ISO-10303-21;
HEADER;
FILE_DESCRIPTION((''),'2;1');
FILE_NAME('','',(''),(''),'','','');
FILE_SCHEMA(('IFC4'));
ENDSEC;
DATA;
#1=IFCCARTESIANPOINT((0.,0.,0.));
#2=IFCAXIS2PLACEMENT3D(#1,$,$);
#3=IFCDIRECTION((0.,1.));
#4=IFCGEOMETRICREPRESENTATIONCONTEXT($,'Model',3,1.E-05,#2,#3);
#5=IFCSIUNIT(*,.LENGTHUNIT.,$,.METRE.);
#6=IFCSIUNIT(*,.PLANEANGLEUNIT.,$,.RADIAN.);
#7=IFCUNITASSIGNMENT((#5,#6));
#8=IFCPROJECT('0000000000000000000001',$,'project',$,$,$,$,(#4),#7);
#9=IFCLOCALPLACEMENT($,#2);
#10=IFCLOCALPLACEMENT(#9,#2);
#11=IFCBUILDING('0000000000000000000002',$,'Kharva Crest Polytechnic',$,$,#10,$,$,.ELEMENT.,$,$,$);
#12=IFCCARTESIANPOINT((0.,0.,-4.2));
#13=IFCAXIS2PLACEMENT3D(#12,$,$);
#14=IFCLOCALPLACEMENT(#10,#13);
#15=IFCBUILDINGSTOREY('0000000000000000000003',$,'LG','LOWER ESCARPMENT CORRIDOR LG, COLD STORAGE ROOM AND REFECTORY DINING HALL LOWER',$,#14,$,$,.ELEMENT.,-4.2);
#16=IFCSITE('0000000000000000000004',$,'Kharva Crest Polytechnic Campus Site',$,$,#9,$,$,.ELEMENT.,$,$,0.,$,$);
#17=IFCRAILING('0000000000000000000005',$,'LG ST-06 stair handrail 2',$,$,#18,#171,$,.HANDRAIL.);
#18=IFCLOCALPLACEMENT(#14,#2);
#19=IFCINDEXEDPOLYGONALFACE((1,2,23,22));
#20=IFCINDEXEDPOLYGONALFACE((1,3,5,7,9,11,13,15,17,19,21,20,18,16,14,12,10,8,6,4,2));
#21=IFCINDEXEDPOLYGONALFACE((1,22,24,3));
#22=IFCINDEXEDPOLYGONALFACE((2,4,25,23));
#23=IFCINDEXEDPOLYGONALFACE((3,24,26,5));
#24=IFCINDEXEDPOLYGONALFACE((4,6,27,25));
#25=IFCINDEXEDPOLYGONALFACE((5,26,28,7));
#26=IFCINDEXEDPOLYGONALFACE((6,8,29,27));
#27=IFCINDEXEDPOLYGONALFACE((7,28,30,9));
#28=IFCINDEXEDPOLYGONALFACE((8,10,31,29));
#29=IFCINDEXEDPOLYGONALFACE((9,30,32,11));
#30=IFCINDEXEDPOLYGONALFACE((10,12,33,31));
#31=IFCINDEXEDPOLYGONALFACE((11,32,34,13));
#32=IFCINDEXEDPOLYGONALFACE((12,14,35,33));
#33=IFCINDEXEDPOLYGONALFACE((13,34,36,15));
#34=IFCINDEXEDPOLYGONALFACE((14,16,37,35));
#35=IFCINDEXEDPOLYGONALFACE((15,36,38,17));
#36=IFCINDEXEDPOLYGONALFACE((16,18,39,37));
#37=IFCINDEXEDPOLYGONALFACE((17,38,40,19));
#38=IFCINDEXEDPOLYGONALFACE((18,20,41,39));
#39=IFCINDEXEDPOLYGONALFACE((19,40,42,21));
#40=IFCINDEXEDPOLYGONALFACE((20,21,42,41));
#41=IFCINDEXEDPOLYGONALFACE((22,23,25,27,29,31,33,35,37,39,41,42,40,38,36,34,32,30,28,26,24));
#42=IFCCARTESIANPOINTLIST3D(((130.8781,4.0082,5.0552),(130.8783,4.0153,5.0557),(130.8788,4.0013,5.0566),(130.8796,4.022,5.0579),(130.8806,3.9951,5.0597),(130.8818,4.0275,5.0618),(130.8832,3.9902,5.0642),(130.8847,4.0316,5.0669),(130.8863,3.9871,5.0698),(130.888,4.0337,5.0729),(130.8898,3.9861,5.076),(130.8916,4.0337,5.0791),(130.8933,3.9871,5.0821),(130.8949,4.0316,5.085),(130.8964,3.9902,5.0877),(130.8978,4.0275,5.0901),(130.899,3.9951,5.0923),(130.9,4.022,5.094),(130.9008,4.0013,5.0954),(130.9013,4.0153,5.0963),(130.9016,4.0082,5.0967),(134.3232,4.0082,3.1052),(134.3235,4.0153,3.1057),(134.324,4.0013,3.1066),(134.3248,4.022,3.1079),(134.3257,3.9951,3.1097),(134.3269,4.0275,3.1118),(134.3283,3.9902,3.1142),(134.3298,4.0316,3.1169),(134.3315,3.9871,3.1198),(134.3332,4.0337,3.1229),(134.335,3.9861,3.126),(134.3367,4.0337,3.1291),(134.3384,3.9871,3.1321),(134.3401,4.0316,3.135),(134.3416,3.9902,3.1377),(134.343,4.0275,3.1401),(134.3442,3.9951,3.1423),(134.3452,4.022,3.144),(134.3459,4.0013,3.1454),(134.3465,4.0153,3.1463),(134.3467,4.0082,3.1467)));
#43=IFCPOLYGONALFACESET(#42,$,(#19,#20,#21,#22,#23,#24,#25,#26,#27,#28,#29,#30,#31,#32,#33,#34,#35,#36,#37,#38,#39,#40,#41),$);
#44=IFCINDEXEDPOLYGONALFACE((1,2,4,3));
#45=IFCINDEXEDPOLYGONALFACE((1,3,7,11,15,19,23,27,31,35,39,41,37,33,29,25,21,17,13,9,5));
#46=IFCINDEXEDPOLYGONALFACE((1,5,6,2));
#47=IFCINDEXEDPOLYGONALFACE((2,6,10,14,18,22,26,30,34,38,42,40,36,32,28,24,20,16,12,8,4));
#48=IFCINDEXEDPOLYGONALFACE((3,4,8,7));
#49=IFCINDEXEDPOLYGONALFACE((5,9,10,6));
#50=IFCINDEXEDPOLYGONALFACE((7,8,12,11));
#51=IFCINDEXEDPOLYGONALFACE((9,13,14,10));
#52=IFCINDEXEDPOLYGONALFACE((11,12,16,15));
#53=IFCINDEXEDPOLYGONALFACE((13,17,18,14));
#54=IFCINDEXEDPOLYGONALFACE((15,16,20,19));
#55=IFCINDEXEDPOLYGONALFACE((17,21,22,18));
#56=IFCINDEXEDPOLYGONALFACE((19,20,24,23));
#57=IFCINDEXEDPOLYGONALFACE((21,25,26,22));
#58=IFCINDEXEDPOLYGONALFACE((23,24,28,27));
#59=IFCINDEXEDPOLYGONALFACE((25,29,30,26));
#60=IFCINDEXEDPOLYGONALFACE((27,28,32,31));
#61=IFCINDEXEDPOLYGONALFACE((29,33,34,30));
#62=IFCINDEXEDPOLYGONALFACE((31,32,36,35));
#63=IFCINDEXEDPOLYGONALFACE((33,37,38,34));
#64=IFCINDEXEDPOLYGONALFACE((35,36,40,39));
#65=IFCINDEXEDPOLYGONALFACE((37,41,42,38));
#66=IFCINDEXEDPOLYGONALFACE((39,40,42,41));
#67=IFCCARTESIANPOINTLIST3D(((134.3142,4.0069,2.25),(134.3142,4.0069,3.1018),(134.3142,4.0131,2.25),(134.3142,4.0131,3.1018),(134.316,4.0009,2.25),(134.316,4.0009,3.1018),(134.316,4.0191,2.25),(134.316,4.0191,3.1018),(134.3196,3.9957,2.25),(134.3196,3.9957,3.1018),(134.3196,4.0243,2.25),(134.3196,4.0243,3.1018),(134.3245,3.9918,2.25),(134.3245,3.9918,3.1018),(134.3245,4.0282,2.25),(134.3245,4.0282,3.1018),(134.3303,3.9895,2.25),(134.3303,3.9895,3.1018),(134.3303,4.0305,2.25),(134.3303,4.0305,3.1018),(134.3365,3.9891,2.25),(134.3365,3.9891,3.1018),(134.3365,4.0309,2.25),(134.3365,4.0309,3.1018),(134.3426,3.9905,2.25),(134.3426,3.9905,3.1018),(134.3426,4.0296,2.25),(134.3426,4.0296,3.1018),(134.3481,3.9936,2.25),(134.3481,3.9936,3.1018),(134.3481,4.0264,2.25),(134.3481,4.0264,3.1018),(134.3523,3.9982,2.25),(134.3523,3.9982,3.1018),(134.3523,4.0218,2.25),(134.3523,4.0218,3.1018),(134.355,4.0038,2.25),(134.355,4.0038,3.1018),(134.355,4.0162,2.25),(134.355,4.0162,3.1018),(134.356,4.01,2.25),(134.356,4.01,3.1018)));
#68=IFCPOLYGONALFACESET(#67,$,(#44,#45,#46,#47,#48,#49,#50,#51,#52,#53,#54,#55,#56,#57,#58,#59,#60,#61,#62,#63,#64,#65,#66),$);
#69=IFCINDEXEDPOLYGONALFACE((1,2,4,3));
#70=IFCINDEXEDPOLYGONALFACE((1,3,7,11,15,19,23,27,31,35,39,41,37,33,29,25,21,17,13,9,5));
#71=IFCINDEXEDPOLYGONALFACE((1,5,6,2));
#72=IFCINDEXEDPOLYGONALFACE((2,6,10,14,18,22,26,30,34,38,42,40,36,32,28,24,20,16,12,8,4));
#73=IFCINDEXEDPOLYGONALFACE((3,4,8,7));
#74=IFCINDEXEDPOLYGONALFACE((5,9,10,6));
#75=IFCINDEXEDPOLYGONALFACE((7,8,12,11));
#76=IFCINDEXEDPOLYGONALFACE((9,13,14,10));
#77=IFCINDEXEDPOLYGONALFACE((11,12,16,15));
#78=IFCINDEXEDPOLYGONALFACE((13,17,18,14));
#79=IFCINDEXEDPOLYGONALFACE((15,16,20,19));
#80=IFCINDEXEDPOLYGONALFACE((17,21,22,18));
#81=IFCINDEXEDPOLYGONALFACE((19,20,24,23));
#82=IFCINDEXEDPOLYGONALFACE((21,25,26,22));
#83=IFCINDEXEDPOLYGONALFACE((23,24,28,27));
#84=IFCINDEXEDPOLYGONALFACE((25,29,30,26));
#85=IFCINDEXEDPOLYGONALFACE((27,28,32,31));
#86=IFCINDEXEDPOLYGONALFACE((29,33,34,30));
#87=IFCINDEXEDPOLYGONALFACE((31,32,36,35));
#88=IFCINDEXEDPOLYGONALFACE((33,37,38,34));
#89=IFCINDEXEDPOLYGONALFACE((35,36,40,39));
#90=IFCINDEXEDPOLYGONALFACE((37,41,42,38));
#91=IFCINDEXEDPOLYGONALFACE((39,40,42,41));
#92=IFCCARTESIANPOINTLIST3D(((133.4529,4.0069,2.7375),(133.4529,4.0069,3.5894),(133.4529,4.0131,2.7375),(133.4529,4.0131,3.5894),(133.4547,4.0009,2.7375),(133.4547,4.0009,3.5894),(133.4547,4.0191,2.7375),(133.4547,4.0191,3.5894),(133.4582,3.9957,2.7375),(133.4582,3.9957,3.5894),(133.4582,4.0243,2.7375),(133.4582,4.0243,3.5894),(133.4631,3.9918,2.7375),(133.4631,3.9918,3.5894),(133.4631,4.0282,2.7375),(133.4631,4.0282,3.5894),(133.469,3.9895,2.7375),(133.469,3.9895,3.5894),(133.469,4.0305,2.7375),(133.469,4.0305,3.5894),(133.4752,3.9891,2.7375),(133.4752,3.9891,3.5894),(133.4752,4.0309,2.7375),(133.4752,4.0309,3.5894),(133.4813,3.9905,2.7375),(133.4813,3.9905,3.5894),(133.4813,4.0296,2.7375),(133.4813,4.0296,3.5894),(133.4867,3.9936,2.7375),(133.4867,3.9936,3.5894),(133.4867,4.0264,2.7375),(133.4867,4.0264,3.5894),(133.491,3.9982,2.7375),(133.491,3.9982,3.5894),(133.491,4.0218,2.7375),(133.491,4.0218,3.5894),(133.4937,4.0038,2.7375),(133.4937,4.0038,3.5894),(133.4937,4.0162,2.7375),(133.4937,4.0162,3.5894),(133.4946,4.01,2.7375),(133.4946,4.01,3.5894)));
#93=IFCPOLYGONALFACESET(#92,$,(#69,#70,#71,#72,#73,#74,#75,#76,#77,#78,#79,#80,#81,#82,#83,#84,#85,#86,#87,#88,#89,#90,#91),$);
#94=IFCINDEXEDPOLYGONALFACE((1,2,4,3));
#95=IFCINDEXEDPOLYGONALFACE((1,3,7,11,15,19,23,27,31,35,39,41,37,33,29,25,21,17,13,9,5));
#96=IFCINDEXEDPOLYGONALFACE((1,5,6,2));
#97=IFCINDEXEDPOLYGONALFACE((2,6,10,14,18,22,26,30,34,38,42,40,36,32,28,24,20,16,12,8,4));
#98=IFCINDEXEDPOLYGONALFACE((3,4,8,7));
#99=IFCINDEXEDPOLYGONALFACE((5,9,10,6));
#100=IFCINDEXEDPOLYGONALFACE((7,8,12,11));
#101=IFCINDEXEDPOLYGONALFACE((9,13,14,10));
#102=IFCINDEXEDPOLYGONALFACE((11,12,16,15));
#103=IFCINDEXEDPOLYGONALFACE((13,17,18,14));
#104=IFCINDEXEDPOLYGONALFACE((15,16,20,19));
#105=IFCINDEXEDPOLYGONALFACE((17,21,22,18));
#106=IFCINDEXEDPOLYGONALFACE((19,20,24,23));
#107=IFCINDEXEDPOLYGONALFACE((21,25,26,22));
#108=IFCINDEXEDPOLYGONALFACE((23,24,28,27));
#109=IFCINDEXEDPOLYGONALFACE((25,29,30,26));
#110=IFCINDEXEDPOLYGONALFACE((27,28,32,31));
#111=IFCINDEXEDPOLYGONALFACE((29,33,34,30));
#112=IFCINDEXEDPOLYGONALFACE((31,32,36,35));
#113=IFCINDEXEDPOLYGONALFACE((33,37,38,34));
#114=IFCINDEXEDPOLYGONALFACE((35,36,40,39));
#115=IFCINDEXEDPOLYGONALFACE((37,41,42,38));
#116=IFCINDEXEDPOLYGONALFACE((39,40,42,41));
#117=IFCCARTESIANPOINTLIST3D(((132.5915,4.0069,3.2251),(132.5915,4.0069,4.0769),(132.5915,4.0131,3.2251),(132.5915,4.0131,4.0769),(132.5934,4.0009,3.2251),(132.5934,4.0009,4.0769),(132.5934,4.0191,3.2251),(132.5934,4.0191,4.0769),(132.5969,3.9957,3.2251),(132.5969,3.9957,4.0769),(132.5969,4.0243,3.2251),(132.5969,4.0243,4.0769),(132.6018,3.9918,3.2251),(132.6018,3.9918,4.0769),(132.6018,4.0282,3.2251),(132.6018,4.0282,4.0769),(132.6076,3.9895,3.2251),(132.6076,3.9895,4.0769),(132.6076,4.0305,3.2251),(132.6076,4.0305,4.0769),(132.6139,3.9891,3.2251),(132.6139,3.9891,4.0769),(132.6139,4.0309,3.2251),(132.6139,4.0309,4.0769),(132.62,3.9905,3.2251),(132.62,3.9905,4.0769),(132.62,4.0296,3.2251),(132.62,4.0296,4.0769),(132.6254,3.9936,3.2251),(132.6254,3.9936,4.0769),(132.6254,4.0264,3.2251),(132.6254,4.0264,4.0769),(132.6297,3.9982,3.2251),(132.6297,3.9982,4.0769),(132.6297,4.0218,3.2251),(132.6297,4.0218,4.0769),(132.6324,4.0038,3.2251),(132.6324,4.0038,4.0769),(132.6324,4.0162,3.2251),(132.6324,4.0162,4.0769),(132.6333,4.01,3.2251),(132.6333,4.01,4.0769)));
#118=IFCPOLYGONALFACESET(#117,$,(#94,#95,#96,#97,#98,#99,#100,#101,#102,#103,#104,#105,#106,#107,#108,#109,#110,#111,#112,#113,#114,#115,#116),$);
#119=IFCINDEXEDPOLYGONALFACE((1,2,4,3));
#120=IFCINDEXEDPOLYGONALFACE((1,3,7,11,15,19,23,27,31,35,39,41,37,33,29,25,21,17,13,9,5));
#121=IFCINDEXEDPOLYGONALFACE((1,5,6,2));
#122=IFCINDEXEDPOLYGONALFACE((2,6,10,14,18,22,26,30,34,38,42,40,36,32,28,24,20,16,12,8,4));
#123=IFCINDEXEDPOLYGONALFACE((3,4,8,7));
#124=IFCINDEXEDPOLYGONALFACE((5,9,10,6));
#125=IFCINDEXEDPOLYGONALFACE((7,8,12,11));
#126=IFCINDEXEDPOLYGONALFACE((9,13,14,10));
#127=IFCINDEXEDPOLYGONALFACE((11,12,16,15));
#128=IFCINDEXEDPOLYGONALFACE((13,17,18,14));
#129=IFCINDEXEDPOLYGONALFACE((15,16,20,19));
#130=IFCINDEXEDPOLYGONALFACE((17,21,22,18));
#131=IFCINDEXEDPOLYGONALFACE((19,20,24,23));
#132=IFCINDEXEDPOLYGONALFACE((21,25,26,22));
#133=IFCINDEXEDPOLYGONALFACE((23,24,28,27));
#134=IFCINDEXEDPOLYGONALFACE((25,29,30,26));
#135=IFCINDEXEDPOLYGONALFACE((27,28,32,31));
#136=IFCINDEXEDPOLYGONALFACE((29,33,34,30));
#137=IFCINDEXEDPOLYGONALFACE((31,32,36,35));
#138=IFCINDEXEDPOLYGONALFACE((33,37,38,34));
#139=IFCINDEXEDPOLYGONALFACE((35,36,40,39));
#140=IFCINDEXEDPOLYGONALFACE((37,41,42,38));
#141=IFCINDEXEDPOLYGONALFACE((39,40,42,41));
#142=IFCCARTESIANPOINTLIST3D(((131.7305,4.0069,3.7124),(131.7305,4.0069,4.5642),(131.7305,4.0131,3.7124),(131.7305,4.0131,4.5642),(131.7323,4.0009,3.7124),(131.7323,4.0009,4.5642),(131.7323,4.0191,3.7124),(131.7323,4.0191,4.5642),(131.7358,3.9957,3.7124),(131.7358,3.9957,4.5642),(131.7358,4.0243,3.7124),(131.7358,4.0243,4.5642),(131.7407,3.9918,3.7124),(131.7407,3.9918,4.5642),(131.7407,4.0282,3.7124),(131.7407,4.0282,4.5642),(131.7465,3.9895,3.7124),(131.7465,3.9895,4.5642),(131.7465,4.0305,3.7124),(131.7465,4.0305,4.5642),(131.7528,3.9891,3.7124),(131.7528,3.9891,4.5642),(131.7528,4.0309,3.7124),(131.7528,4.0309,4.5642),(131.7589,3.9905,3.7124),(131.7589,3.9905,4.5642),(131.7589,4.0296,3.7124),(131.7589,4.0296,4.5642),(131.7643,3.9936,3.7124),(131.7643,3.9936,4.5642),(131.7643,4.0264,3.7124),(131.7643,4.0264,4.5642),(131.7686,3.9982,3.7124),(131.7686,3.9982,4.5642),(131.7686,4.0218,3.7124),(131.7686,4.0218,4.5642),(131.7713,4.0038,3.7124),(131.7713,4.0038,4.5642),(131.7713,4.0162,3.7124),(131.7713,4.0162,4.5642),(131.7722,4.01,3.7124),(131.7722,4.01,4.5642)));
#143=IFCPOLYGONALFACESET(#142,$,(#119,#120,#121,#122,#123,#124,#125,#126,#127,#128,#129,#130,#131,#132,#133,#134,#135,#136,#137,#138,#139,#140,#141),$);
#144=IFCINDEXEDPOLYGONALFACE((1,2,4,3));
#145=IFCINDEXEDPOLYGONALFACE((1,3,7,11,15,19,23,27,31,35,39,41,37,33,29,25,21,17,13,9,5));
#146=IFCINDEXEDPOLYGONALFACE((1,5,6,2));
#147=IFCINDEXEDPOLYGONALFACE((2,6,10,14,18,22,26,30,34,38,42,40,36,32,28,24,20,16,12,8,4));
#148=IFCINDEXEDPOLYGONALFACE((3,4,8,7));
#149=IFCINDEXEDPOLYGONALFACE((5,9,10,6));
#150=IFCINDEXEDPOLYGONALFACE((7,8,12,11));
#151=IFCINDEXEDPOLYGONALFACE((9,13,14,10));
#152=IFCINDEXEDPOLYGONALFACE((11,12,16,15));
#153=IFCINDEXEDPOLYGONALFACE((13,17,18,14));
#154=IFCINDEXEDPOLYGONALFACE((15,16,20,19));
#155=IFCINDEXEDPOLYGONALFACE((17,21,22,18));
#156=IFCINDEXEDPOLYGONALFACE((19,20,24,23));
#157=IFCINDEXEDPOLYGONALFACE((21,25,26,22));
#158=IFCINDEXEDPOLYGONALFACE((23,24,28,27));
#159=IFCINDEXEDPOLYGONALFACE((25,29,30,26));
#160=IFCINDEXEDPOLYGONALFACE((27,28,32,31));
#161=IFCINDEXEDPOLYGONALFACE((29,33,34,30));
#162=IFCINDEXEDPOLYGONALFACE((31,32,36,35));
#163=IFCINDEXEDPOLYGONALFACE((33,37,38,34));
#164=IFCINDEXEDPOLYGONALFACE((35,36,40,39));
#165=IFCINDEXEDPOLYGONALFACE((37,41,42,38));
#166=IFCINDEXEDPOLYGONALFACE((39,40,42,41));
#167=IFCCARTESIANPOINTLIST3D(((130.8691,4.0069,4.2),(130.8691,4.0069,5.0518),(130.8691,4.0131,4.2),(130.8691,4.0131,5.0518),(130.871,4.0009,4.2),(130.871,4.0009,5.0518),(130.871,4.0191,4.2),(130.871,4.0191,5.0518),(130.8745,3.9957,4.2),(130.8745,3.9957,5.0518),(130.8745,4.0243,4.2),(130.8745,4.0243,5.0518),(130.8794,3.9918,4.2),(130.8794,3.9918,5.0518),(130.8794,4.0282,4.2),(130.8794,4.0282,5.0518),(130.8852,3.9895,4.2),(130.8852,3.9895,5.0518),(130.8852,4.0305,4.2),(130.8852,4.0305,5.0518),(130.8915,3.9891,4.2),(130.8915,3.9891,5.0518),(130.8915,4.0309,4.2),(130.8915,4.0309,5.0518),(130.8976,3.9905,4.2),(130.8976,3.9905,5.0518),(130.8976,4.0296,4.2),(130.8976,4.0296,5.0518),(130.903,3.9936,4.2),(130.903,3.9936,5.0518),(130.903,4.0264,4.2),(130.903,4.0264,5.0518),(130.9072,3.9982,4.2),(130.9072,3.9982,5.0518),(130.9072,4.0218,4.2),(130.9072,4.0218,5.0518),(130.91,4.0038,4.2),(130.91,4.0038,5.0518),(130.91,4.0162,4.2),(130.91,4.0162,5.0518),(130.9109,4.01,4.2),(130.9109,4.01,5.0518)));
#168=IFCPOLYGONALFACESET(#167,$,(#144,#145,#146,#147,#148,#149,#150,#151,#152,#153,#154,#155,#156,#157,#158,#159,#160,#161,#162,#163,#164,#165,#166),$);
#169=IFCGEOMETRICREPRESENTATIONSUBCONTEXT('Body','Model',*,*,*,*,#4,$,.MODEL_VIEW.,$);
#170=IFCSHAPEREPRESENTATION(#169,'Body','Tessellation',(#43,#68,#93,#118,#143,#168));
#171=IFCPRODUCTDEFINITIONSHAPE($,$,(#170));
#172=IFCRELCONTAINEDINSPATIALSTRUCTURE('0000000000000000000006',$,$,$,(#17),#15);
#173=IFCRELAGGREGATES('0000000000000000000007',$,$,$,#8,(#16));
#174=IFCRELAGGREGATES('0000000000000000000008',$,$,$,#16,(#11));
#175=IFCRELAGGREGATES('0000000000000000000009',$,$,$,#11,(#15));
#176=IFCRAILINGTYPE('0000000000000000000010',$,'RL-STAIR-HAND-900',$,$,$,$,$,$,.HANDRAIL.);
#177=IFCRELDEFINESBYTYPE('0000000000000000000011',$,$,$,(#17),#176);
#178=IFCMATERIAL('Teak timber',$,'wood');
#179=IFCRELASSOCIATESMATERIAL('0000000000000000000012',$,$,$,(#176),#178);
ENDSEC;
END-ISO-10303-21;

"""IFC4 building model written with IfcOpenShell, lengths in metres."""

from ifc_helpers import new_model, si_unit, direction, frame, origin, origin_2d, place, context, subcontext, project, spatial, circle, extrude, material, type_object, element, save


model = new_model("IFC4")

# Units and contexts
model_context = context("Model", 3, precision=1e-05, world=origin(), true_north=direction((0.0, 1.0)))
body_context = subcontext(model_context, "Body", "Model", "MODEL_VIEW")
ifc_project = project(units=[si_unit("LENGTHUNIT", "METRE"), si_unit("PLANEANGLEUNIT", "RADIAN")], contexts=[model_context])

# Site, building, storey
site_placement = place(None, origin())
site = spatial("IfcSite", under=ifc_project, at=site_placement, Name="Kharva Crest Polytechnic Campus Site", CompositionType="ELEMENT", RefElevation=0.0)
building_placement = place(site_placement, origin())
building = spatial("IfcBuilding", under=site, at=building_placement, Name="Kharva Crest Polytechnic", CompositionType="ELEMENT")
storey_placement = place(building_placement, frame((0.0, 0.0, -4.2)))
storey = spatial("IfcBuildingStorey", under=building, at=storey_placement, Name="LG", Description="LOWER ESCARPMENT CORRIDOR LG, COLD STORAGE ROOM AND REFECTORY DINING HALL LOWER", CompositionType="ELEMENT", Elevation=-4.2)

# Shared definitions
ifc_material_1 = material(Name="Teak timber", Category="wood")

# Railing
railing_type = type_object("IfcRailingType", Name="RL-STAIR-HAND-900", PredefinedType="HANDRAIL", material=ifc_material_1)
railing_placement = place(storey_placement, frame((134.335, 4.01, 2.25)))
element("IfcRailing", 1, at=railing_placement, inside=storey, type_object=railing_type, Name="LG ST-06 stair handrail 2", PredefinedType="HANDRAIL", context=body_context, shape_type="SweptSolid", body=[
    extrude(circle(Radius=0.0239, at=origin_2d()), frame((0.0, 0.0, 0.876), z_axis=(-0.870266, 0.0, 0.492581), x_axis=(0.0, -1.0, 0.0)), (0.0, 0.0, 1.0), 3.9587),
    extrude(circle(Radius=0.021, at=origin_2d()), origin(), (0.0, 0.0, 1.0), 0.8518),
    extrude(circle(Radius=0.021, at=origin_2d()), frame((-0.8613, 0.0, 0.4875)), (0.0, 0.0, 1.0), 0.8518),
    extrude(circle(Radius=0.021, at=origin_2d()), frame((-1.7227, 0.0, 0.9751)), (0.0, 0.0, 1.0), 0.8518),
    extrude(circle(Radius=0.021, at=origin_2d()), frame((-2.5837, 0.0, 1.4624)), (0.0, 0.0, 1.0), 0.8518),
    extrude(circle(Radius=0.021, at=origin_2d()), frame((-3.4451, 0.0, 1.95)), (0.0, 0.0, 1.0), 0.8518),
])

save(model, "model.ifc")
